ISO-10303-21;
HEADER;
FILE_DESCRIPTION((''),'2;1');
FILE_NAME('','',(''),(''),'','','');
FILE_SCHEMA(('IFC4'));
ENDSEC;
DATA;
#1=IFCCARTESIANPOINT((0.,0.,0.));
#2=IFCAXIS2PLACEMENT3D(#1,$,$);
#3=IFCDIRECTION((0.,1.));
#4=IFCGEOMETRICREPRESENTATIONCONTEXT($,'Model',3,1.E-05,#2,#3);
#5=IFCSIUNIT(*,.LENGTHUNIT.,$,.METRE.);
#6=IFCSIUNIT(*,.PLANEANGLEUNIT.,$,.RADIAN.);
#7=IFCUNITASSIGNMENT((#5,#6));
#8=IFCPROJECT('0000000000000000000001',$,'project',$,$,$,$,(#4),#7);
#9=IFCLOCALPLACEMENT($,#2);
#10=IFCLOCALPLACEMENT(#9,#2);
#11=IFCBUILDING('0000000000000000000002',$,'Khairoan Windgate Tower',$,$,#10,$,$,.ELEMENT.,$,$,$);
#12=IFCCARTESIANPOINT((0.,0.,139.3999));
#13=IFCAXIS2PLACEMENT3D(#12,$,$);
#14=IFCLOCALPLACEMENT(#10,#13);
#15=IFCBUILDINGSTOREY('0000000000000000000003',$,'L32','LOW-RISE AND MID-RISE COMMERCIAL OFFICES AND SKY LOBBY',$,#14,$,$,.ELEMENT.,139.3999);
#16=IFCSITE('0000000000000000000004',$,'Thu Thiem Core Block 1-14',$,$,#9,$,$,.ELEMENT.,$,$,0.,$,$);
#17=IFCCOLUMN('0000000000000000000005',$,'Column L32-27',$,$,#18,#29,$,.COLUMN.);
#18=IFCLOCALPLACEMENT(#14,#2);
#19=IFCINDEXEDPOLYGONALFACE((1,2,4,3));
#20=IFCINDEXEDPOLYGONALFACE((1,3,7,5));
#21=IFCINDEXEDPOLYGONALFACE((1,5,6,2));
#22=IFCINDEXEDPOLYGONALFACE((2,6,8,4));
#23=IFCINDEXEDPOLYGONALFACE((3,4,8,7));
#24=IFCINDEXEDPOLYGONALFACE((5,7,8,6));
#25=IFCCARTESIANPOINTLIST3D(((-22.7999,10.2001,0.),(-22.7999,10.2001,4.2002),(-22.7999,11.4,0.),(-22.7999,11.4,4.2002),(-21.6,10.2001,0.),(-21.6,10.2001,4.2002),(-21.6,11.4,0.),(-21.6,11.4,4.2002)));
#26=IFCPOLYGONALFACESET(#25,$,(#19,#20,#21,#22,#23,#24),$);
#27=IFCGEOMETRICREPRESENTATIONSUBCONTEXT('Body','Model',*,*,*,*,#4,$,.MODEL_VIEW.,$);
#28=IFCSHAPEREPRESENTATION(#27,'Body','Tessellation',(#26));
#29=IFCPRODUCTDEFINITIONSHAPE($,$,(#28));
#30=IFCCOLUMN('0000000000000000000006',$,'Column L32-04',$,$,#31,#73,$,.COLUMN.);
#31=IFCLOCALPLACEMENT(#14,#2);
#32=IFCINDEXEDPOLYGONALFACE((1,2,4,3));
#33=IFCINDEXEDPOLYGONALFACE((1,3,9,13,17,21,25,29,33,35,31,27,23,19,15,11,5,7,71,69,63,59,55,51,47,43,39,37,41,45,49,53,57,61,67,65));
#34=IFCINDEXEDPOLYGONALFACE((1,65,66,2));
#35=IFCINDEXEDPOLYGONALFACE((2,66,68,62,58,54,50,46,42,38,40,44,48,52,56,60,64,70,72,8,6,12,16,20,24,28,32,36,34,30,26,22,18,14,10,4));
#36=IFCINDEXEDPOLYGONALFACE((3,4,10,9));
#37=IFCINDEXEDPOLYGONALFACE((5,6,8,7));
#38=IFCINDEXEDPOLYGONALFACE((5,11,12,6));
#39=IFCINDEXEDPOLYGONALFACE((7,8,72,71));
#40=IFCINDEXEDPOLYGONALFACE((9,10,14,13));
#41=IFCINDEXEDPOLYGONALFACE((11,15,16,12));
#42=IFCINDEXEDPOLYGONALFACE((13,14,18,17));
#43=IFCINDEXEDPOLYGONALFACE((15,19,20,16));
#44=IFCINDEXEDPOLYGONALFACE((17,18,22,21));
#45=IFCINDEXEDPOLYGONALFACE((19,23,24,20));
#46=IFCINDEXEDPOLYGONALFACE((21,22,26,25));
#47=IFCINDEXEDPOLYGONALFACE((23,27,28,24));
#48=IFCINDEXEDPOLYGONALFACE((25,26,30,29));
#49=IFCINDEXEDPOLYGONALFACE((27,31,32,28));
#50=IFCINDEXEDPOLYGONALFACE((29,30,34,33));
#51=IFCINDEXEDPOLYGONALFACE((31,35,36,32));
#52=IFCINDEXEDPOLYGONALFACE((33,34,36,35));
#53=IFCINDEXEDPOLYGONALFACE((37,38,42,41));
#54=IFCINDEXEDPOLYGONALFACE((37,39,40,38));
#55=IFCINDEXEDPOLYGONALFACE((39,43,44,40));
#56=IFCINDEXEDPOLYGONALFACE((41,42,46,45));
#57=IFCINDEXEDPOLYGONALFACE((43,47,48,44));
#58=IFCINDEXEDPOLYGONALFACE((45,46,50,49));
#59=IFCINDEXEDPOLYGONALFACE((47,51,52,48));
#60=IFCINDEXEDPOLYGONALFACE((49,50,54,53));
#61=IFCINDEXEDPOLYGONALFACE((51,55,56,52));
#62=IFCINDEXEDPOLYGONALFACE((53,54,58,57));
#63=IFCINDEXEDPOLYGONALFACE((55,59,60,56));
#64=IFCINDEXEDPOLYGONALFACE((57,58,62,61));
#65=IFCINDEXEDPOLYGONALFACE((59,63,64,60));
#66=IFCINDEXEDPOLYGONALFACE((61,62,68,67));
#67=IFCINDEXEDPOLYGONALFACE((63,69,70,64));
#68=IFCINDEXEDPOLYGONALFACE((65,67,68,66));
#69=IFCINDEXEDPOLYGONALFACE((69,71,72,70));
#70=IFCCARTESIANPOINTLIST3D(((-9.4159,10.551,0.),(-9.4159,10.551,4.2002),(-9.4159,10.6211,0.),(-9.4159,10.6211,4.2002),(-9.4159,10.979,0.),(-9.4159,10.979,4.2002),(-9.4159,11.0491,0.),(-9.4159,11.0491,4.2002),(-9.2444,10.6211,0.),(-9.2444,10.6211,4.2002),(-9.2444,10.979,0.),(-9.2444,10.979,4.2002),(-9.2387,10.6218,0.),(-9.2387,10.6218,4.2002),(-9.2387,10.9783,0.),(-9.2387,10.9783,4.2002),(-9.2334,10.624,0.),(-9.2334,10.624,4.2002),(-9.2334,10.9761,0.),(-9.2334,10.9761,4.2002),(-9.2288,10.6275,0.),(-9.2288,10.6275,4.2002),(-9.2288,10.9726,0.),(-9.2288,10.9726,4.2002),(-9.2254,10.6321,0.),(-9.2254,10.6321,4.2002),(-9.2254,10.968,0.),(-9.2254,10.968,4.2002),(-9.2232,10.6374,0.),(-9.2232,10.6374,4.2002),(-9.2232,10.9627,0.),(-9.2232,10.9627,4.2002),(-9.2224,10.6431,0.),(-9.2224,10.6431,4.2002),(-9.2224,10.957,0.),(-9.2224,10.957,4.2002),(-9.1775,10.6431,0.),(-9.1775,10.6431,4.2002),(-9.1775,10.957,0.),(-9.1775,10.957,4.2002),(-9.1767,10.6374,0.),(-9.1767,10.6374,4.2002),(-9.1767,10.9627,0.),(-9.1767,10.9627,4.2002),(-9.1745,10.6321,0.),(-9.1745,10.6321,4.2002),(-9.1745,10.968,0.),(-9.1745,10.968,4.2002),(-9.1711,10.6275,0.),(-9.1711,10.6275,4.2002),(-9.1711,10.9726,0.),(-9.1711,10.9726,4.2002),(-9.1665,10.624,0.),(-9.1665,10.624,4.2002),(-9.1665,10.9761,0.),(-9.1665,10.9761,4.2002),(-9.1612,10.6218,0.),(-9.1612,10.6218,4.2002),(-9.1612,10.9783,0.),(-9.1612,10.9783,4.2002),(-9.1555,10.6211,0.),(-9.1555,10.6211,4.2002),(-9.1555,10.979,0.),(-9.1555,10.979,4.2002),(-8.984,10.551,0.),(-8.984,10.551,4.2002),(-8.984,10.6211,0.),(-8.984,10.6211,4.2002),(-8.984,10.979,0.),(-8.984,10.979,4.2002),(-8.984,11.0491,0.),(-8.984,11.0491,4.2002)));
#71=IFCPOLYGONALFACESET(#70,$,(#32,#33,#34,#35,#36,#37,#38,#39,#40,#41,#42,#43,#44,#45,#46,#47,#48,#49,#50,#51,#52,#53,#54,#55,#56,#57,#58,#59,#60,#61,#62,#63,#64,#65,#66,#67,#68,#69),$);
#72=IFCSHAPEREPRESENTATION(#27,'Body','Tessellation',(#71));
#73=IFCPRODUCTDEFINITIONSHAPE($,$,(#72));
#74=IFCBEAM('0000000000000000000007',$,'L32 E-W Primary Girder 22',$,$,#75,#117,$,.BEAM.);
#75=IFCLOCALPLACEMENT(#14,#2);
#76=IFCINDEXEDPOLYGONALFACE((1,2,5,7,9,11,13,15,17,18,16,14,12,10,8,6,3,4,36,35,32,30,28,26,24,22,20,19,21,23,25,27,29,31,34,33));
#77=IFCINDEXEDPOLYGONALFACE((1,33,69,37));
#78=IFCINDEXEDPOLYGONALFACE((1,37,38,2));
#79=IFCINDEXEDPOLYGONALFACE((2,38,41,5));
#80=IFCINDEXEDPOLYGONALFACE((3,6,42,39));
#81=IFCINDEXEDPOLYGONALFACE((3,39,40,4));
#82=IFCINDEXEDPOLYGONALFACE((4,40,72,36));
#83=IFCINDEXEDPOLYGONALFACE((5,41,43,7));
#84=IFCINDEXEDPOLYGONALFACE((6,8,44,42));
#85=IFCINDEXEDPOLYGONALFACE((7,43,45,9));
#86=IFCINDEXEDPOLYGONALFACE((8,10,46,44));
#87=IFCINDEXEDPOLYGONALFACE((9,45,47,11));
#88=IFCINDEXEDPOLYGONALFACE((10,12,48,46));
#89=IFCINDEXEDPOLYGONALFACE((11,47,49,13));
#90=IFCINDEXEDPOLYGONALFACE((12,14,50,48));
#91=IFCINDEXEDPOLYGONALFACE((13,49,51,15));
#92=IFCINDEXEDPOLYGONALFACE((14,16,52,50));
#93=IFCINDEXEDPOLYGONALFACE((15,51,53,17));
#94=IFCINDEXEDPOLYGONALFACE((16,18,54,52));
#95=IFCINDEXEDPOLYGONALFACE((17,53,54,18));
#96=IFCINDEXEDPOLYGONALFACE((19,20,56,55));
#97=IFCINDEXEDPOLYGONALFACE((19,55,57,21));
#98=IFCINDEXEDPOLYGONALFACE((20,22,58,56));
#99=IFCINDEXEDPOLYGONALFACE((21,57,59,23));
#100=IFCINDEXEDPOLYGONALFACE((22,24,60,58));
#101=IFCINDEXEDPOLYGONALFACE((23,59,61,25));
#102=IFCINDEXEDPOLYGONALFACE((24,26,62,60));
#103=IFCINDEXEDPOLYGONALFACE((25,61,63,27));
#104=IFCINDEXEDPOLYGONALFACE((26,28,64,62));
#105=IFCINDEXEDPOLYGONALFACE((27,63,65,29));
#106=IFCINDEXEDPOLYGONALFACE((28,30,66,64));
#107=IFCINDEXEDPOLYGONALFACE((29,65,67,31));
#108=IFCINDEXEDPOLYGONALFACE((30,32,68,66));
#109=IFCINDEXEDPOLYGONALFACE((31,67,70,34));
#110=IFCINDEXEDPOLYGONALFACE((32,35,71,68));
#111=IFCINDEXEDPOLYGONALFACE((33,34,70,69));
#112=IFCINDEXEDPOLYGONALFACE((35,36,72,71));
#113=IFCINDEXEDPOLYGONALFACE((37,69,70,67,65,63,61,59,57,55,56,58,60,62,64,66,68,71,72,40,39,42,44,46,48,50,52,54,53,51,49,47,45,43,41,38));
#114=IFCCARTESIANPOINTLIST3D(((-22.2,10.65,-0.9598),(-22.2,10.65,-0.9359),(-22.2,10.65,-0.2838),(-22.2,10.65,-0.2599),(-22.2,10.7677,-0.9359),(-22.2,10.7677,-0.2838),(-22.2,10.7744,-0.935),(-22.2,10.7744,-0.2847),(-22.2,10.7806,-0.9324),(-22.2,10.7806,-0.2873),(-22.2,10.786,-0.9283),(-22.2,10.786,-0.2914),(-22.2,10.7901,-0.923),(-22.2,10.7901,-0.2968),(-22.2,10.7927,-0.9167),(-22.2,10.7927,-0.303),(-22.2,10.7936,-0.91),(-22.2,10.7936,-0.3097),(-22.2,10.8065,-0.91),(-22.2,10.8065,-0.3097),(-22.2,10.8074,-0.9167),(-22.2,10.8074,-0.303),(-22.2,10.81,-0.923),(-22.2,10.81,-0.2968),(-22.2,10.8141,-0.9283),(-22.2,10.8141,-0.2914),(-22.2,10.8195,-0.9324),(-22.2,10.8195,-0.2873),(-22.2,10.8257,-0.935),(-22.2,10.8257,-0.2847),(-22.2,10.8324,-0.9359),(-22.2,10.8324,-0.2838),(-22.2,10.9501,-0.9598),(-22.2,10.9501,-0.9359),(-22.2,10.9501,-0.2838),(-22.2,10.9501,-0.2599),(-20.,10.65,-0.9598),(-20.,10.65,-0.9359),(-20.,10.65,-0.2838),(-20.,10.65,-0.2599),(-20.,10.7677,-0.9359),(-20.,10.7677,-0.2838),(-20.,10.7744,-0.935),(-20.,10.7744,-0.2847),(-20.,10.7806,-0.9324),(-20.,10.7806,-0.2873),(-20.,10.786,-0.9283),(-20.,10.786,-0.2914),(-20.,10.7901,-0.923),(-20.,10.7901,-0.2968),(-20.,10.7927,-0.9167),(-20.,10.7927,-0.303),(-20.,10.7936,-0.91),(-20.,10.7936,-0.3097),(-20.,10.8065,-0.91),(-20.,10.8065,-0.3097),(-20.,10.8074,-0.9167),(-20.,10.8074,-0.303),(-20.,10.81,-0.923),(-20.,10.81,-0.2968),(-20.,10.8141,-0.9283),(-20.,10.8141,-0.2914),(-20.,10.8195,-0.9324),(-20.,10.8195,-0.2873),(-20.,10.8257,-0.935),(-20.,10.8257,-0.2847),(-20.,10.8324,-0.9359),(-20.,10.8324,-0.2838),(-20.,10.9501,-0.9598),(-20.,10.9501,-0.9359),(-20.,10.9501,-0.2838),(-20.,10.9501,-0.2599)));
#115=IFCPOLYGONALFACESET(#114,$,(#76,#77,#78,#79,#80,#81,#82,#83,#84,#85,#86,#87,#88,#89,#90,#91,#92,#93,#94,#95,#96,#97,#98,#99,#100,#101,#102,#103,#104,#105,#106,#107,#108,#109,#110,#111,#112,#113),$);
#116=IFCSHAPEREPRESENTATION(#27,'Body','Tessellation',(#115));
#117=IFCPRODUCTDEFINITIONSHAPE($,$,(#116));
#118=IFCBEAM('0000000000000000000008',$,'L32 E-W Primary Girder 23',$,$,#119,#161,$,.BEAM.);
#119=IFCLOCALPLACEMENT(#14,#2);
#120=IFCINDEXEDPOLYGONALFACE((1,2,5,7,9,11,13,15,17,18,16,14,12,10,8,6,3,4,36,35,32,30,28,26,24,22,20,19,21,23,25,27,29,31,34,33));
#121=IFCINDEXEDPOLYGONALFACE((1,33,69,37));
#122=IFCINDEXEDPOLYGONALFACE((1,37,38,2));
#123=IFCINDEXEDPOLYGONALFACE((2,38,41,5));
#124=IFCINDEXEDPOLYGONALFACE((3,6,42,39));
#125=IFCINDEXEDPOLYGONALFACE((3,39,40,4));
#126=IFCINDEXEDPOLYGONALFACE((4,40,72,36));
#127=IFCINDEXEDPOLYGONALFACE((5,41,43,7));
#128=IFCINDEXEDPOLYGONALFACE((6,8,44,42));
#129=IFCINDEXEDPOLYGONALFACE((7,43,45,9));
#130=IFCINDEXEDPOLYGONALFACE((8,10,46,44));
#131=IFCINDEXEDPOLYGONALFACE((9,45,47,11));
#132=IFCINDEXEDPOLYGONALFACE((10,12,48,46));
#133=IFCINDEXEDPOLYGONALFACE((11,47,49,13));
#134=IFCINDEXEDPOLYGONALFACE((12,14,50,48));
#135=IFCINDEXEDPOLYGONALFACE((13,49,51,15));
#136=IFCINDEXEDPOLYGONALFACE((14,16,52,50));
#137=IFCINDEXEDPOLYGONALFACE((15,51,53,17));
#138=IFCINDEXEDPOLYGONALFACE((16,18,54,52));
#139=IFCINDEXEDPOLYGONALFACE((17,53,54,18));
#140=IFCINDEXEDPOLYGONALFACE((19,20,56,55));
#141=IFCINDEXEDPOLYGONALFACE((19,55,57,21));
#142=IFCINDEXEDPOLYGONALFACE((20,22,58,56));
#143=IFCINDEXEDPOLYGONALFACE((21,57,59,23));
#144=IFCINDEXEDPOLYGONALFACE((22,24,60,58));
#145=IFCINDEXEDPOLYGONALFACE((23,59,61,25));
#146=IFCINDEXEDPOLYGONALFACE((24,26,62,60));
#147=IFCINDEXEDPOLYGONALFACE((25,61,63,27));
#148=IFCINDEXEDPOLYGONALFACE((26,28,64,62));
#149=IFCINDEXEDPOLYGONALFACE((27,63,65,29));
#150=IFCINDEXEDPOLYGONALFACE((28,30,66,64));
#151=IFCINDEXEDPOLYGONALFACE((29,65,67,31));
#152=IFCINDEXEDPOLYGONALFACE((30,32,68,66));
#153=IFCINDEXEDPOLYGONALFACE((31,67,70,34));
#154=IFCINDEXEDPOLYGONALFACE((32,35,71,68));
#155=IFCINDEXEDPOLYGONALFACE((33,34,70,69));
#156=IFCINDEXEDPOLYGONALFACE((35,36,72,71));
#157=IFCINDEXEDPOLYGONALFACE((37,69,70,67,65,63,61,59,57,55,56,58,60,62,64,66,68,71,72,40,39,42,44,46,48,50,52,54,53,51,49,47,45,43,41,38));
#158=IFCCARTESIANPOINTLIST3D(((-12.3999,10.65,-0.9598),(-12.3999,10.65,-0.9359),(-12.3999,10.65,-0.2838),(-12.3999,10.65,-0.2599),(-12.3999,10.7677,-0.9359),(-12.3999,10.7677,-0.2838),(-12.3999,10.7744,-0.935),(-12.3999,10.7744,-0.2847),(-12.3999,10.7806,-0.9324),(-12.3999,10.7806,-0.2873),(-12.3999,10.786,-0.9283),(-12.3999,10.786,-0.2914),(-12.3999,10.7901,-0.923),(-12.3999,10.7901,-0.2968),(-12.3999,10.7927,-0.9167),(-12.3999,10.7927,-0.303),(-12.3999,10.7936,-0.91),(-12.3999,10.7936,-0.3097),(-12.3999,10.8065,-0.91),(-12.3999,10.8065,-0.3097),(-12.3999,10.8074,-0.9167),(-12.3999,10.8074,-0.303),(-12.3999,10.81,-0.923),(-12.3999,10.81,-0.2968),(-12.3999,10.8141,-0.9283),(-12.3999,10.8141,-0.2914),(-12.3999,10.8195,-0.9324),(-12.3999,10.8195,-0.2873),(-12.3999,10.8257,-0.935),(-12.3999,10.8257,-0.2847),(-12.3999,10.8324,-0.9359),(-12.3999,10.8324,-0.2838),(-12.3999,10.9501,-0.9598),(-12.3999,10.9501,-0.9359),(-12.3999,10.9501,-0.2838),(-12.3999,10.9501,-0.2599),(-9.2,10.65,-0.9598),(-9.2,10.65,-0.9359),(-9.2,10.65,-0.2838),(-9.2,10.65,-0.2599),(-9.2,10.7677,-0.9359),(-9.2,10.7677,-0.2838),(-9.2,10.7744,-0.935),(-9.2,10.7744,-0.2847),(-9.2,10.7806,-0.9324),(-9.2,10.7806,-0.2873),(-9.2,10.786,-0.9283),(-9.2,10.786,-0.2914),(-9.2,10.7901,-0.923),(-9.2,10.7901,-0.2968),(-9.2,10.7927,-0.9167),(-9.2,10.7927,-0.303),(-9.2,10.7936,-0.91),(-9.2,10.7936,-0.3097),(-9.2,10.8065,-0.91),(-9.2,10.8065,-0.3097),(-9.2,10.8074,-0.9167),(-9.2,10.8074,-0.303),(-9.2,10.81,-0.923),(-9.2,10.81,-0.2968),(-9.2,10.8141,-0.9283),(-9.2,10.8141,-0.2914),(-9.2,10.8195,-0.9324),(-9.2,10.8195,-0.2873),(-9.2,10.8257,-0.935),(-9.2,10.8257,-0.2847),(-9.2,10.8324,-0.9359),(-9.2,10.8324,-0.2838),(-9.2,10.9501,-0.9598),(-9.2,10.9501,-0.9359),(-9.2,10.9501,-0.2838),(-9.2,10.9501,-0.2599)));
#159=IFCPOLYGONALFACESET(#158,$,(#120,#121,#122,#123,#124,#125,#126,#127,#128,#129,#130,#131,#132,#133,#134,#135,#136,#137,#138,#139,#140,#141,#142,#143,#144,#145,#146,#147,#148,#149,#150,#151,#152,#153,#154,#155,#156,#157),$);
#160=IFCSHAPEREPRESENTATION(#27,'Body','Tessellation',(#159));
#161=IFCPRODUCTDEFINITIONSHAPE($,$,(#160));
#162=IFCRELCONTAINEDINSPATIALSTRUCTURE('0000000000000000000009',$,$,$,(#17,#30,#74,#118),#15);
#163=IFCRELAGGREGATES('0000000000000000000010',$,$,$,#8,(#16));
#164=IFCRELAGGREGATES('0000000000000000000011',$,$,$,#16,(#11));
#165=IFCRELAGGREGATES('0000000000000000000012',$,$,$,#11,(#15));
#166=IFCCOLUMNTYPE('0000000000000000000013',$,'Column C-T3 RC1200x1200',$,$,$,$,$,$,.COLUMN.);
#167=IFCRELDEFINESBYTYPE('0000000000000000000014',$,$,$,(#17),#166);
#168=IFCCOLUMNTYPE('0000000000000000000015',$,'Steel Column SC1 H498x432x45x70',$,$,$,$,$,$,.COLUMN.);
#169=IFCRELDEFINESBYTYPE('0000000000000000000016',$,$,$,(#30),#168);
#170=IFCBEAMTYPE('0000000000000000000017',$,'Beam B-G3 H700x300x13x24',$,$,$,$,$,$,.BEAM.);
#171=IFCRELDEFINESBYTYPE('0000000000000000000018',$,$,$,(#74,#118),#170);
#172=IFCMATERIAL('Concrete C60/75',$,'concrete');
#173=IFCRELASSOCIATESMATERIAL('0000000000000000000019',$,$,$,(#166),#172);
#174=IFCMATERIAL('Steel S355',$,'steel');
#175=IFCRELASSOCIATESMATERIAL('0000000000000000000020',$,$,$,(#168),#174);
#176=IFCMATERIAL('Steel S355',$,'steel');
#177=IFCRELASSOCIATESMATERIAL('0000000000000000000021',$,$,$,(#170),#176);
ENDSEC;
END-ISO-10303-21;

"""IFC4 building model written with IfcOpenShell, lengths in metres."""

from ifc_helpers import new_model, si_unit, direction, frame, origin, origin_2d, place, context, subcontext, project, spatial, rectangle, i_section, extrude, material, material_profile, profile_set, type_object, element, save


model = new_model("IFC4")

# Units and contexts
model_context = context("Model", 3, precision=1e-05, world=origin(), true_north=direction((0.0, 1.0)))
body_context = subcontext(model_context, "Body", "Model", "MODEL_VIEW")
ifc_project = project(units=[si_unit("LENGTHUNIT", "METRE"), si_unit("PLANEANGLEUNIT", "RADIAN")], contexts=[model_context])

# Site, building, storey
site_placement = place(None, origin())
site = spatial("IfcSite", under=ifc_project, at=site_placement, Name="Thu Thiem Core Block 1-14", CompositionType="ELEMENT", RefElevation=0.0)
building_placement = place(site_placement, origin())
building = spatial("IfcBuilding", under=site, at=building_placement, Name="Khairoan Windgate Tower", CompositionType="ELEMENT")
storey_placement = place(building_placement, frame((0.0, 0.0, 139.3999)))
storey = spatial("IfcBuildingStorey", under=building, at=storey_placement, Name="L32", Description="LOW-RISE AND MID-RISE COMMERCIAL OFFICES AND SKY LOBBY", CompositionType="ELEMENT", Elevation=139.3999)

# Columns
ifc_material_1 = material(Name="Concrete C60/75", Category="concrete")
ifc_material_profile_1 = material_profile(ifc_material_1, rectangle(XDim=1.2, YDim=1.2, at=origin_2d()))
ifc_profile_set_1 = profile_set([ifc_material_profile_1], Name="Concrete C60/75")
column_type_1 = type_object("IfcColumnType", Name="Column C-T3 RC1200x1200", PredefinedType="COLUMN", material=ifc_profile_set_1)
column_1_placement = place(storey_placement, frame((-22.2, 10.8, 0.0), z_axis=(0.0, 0.0, 1.0), x_axis=(1.0, 0.0, 0.0)))
element("IfcColumn", 1, at=column_1_placement, inside=storey, type_object=column_type_1, Name="Column L32-27", PredefinedType="COLUMN", context=body_context, shape_type="SweptSolid", body=[
    extrude(rectangle(XDim=1.2, YDim=1.2, at=origin_2d()), origin(), (0.0, 0.0, 1.0), 4.2002),
])
ifc_material_2 = material(Name="Steel S355", Category="steel")
ifc_material_profile_2 = material_profile(ifc_material_2, i_section(OverallWidth=0.4319, OverallDepth=0.498, WebThickness=0.0449, FlangeThickness=0.0701, FilletRadius=0.022, at=origin_2d()))
ifc_profile_set_2 = profile_set([ifc_material_profile_2], Name="Steel S355")
column_type_2 = type_object("IfcColumnType", Name="Steel Column SC1 H498x432x45x70", PredefinedType="COLUMN", material=ifc_profile_set_2)
column_2_placement = place(storey_placement, frame((-9.2, 10.8, 0.0), z_axis=(0.0, 0.0, 1.0), x_axis=(1.0, 0.0, 0.0)))
element("IfcColumn", 2, at=column_2_placement, inside=storey, type_object=column_type_2, Name="Column L32-04", PredefinedType="COLUMN", context=body_context, shape_type="SweptSolid", body=[
    extrude(i_section(OverallWidth=0.4319, OverallDepth=0.498, WebThickness=0.0449, FlangeThickness=0.0701, FilletRadius=0.022, at=origin_2d()), origin(), (0.0, 0.0, 1.0), 4.2002),
])

# Beams
ifc_material_3 = material(Name="Steel S355", Category="steel")
ifc_material_profile_3 = material_profile(ifc_material_3, i_section(OverallWidth=0.3, OverallDepth=0.7, WebThickness=0.0129, FlangeThickness=0.0239, FilletRadius=0.0259, at=origin_2d()))
ifc_profile_set_3 = profile_set([ifc_material_profile_3], Name="Steel S355")
beam_type_1 = type_object("IfcBeamType", Name="Beam B-G3 H700x300x13x24", PredefinedType="BEAM", material=ifc_profile_set_3)
beam_1_placement = place(storey_placement, frame((-22.2, 10.8, -0.6099), z_axis=(1.0, 0.0, 0.0), x_axis=(0.0, 1.0, 0.0)))
element("IfcBeam", 3, at=beam_1_placement, inside=storey, type_object=beam_type_1, Name="L32 E-W Primary Girder 22", PredefinedType="BEAM", context=body_context, shape_type="SweptSolid", body=[
    extrude(i_section(OverallWidth=0.3, OverallDepth=0.7, WebThickness=0.0129, FlangeThickness=0.0239, FilletRadius=0.0259, at=origin_2d()), origin(), (0.0, 0.0, 1.0), 2.2),
])
beam_2_placement = place(storey_placement, frame((-12.3999, 10.8, -0.6099), z_axis=(1.0, 0.0, 0.0), x_axis=(0.0, 1.0, 0.0)))
element("IfcBeam", 4, at=beam_2_placement, inside=storey, type_object=beam_type_1, Name="L32 E-W Primary Girder 23", PredefinedType="BEAM", context=body_context, shape_type="SweptSolid", body=[
    extrude(i_section(OverallWidth=0.3, OverallDepth=0.7, WebThickness=0.0129, FlangeThickness=0.0239, FilletRadius=0.0259, at=origin_2d()), origin(), (0.0, 0.0, 1.0), 3.2),
])

save(model, "model.ifc")
